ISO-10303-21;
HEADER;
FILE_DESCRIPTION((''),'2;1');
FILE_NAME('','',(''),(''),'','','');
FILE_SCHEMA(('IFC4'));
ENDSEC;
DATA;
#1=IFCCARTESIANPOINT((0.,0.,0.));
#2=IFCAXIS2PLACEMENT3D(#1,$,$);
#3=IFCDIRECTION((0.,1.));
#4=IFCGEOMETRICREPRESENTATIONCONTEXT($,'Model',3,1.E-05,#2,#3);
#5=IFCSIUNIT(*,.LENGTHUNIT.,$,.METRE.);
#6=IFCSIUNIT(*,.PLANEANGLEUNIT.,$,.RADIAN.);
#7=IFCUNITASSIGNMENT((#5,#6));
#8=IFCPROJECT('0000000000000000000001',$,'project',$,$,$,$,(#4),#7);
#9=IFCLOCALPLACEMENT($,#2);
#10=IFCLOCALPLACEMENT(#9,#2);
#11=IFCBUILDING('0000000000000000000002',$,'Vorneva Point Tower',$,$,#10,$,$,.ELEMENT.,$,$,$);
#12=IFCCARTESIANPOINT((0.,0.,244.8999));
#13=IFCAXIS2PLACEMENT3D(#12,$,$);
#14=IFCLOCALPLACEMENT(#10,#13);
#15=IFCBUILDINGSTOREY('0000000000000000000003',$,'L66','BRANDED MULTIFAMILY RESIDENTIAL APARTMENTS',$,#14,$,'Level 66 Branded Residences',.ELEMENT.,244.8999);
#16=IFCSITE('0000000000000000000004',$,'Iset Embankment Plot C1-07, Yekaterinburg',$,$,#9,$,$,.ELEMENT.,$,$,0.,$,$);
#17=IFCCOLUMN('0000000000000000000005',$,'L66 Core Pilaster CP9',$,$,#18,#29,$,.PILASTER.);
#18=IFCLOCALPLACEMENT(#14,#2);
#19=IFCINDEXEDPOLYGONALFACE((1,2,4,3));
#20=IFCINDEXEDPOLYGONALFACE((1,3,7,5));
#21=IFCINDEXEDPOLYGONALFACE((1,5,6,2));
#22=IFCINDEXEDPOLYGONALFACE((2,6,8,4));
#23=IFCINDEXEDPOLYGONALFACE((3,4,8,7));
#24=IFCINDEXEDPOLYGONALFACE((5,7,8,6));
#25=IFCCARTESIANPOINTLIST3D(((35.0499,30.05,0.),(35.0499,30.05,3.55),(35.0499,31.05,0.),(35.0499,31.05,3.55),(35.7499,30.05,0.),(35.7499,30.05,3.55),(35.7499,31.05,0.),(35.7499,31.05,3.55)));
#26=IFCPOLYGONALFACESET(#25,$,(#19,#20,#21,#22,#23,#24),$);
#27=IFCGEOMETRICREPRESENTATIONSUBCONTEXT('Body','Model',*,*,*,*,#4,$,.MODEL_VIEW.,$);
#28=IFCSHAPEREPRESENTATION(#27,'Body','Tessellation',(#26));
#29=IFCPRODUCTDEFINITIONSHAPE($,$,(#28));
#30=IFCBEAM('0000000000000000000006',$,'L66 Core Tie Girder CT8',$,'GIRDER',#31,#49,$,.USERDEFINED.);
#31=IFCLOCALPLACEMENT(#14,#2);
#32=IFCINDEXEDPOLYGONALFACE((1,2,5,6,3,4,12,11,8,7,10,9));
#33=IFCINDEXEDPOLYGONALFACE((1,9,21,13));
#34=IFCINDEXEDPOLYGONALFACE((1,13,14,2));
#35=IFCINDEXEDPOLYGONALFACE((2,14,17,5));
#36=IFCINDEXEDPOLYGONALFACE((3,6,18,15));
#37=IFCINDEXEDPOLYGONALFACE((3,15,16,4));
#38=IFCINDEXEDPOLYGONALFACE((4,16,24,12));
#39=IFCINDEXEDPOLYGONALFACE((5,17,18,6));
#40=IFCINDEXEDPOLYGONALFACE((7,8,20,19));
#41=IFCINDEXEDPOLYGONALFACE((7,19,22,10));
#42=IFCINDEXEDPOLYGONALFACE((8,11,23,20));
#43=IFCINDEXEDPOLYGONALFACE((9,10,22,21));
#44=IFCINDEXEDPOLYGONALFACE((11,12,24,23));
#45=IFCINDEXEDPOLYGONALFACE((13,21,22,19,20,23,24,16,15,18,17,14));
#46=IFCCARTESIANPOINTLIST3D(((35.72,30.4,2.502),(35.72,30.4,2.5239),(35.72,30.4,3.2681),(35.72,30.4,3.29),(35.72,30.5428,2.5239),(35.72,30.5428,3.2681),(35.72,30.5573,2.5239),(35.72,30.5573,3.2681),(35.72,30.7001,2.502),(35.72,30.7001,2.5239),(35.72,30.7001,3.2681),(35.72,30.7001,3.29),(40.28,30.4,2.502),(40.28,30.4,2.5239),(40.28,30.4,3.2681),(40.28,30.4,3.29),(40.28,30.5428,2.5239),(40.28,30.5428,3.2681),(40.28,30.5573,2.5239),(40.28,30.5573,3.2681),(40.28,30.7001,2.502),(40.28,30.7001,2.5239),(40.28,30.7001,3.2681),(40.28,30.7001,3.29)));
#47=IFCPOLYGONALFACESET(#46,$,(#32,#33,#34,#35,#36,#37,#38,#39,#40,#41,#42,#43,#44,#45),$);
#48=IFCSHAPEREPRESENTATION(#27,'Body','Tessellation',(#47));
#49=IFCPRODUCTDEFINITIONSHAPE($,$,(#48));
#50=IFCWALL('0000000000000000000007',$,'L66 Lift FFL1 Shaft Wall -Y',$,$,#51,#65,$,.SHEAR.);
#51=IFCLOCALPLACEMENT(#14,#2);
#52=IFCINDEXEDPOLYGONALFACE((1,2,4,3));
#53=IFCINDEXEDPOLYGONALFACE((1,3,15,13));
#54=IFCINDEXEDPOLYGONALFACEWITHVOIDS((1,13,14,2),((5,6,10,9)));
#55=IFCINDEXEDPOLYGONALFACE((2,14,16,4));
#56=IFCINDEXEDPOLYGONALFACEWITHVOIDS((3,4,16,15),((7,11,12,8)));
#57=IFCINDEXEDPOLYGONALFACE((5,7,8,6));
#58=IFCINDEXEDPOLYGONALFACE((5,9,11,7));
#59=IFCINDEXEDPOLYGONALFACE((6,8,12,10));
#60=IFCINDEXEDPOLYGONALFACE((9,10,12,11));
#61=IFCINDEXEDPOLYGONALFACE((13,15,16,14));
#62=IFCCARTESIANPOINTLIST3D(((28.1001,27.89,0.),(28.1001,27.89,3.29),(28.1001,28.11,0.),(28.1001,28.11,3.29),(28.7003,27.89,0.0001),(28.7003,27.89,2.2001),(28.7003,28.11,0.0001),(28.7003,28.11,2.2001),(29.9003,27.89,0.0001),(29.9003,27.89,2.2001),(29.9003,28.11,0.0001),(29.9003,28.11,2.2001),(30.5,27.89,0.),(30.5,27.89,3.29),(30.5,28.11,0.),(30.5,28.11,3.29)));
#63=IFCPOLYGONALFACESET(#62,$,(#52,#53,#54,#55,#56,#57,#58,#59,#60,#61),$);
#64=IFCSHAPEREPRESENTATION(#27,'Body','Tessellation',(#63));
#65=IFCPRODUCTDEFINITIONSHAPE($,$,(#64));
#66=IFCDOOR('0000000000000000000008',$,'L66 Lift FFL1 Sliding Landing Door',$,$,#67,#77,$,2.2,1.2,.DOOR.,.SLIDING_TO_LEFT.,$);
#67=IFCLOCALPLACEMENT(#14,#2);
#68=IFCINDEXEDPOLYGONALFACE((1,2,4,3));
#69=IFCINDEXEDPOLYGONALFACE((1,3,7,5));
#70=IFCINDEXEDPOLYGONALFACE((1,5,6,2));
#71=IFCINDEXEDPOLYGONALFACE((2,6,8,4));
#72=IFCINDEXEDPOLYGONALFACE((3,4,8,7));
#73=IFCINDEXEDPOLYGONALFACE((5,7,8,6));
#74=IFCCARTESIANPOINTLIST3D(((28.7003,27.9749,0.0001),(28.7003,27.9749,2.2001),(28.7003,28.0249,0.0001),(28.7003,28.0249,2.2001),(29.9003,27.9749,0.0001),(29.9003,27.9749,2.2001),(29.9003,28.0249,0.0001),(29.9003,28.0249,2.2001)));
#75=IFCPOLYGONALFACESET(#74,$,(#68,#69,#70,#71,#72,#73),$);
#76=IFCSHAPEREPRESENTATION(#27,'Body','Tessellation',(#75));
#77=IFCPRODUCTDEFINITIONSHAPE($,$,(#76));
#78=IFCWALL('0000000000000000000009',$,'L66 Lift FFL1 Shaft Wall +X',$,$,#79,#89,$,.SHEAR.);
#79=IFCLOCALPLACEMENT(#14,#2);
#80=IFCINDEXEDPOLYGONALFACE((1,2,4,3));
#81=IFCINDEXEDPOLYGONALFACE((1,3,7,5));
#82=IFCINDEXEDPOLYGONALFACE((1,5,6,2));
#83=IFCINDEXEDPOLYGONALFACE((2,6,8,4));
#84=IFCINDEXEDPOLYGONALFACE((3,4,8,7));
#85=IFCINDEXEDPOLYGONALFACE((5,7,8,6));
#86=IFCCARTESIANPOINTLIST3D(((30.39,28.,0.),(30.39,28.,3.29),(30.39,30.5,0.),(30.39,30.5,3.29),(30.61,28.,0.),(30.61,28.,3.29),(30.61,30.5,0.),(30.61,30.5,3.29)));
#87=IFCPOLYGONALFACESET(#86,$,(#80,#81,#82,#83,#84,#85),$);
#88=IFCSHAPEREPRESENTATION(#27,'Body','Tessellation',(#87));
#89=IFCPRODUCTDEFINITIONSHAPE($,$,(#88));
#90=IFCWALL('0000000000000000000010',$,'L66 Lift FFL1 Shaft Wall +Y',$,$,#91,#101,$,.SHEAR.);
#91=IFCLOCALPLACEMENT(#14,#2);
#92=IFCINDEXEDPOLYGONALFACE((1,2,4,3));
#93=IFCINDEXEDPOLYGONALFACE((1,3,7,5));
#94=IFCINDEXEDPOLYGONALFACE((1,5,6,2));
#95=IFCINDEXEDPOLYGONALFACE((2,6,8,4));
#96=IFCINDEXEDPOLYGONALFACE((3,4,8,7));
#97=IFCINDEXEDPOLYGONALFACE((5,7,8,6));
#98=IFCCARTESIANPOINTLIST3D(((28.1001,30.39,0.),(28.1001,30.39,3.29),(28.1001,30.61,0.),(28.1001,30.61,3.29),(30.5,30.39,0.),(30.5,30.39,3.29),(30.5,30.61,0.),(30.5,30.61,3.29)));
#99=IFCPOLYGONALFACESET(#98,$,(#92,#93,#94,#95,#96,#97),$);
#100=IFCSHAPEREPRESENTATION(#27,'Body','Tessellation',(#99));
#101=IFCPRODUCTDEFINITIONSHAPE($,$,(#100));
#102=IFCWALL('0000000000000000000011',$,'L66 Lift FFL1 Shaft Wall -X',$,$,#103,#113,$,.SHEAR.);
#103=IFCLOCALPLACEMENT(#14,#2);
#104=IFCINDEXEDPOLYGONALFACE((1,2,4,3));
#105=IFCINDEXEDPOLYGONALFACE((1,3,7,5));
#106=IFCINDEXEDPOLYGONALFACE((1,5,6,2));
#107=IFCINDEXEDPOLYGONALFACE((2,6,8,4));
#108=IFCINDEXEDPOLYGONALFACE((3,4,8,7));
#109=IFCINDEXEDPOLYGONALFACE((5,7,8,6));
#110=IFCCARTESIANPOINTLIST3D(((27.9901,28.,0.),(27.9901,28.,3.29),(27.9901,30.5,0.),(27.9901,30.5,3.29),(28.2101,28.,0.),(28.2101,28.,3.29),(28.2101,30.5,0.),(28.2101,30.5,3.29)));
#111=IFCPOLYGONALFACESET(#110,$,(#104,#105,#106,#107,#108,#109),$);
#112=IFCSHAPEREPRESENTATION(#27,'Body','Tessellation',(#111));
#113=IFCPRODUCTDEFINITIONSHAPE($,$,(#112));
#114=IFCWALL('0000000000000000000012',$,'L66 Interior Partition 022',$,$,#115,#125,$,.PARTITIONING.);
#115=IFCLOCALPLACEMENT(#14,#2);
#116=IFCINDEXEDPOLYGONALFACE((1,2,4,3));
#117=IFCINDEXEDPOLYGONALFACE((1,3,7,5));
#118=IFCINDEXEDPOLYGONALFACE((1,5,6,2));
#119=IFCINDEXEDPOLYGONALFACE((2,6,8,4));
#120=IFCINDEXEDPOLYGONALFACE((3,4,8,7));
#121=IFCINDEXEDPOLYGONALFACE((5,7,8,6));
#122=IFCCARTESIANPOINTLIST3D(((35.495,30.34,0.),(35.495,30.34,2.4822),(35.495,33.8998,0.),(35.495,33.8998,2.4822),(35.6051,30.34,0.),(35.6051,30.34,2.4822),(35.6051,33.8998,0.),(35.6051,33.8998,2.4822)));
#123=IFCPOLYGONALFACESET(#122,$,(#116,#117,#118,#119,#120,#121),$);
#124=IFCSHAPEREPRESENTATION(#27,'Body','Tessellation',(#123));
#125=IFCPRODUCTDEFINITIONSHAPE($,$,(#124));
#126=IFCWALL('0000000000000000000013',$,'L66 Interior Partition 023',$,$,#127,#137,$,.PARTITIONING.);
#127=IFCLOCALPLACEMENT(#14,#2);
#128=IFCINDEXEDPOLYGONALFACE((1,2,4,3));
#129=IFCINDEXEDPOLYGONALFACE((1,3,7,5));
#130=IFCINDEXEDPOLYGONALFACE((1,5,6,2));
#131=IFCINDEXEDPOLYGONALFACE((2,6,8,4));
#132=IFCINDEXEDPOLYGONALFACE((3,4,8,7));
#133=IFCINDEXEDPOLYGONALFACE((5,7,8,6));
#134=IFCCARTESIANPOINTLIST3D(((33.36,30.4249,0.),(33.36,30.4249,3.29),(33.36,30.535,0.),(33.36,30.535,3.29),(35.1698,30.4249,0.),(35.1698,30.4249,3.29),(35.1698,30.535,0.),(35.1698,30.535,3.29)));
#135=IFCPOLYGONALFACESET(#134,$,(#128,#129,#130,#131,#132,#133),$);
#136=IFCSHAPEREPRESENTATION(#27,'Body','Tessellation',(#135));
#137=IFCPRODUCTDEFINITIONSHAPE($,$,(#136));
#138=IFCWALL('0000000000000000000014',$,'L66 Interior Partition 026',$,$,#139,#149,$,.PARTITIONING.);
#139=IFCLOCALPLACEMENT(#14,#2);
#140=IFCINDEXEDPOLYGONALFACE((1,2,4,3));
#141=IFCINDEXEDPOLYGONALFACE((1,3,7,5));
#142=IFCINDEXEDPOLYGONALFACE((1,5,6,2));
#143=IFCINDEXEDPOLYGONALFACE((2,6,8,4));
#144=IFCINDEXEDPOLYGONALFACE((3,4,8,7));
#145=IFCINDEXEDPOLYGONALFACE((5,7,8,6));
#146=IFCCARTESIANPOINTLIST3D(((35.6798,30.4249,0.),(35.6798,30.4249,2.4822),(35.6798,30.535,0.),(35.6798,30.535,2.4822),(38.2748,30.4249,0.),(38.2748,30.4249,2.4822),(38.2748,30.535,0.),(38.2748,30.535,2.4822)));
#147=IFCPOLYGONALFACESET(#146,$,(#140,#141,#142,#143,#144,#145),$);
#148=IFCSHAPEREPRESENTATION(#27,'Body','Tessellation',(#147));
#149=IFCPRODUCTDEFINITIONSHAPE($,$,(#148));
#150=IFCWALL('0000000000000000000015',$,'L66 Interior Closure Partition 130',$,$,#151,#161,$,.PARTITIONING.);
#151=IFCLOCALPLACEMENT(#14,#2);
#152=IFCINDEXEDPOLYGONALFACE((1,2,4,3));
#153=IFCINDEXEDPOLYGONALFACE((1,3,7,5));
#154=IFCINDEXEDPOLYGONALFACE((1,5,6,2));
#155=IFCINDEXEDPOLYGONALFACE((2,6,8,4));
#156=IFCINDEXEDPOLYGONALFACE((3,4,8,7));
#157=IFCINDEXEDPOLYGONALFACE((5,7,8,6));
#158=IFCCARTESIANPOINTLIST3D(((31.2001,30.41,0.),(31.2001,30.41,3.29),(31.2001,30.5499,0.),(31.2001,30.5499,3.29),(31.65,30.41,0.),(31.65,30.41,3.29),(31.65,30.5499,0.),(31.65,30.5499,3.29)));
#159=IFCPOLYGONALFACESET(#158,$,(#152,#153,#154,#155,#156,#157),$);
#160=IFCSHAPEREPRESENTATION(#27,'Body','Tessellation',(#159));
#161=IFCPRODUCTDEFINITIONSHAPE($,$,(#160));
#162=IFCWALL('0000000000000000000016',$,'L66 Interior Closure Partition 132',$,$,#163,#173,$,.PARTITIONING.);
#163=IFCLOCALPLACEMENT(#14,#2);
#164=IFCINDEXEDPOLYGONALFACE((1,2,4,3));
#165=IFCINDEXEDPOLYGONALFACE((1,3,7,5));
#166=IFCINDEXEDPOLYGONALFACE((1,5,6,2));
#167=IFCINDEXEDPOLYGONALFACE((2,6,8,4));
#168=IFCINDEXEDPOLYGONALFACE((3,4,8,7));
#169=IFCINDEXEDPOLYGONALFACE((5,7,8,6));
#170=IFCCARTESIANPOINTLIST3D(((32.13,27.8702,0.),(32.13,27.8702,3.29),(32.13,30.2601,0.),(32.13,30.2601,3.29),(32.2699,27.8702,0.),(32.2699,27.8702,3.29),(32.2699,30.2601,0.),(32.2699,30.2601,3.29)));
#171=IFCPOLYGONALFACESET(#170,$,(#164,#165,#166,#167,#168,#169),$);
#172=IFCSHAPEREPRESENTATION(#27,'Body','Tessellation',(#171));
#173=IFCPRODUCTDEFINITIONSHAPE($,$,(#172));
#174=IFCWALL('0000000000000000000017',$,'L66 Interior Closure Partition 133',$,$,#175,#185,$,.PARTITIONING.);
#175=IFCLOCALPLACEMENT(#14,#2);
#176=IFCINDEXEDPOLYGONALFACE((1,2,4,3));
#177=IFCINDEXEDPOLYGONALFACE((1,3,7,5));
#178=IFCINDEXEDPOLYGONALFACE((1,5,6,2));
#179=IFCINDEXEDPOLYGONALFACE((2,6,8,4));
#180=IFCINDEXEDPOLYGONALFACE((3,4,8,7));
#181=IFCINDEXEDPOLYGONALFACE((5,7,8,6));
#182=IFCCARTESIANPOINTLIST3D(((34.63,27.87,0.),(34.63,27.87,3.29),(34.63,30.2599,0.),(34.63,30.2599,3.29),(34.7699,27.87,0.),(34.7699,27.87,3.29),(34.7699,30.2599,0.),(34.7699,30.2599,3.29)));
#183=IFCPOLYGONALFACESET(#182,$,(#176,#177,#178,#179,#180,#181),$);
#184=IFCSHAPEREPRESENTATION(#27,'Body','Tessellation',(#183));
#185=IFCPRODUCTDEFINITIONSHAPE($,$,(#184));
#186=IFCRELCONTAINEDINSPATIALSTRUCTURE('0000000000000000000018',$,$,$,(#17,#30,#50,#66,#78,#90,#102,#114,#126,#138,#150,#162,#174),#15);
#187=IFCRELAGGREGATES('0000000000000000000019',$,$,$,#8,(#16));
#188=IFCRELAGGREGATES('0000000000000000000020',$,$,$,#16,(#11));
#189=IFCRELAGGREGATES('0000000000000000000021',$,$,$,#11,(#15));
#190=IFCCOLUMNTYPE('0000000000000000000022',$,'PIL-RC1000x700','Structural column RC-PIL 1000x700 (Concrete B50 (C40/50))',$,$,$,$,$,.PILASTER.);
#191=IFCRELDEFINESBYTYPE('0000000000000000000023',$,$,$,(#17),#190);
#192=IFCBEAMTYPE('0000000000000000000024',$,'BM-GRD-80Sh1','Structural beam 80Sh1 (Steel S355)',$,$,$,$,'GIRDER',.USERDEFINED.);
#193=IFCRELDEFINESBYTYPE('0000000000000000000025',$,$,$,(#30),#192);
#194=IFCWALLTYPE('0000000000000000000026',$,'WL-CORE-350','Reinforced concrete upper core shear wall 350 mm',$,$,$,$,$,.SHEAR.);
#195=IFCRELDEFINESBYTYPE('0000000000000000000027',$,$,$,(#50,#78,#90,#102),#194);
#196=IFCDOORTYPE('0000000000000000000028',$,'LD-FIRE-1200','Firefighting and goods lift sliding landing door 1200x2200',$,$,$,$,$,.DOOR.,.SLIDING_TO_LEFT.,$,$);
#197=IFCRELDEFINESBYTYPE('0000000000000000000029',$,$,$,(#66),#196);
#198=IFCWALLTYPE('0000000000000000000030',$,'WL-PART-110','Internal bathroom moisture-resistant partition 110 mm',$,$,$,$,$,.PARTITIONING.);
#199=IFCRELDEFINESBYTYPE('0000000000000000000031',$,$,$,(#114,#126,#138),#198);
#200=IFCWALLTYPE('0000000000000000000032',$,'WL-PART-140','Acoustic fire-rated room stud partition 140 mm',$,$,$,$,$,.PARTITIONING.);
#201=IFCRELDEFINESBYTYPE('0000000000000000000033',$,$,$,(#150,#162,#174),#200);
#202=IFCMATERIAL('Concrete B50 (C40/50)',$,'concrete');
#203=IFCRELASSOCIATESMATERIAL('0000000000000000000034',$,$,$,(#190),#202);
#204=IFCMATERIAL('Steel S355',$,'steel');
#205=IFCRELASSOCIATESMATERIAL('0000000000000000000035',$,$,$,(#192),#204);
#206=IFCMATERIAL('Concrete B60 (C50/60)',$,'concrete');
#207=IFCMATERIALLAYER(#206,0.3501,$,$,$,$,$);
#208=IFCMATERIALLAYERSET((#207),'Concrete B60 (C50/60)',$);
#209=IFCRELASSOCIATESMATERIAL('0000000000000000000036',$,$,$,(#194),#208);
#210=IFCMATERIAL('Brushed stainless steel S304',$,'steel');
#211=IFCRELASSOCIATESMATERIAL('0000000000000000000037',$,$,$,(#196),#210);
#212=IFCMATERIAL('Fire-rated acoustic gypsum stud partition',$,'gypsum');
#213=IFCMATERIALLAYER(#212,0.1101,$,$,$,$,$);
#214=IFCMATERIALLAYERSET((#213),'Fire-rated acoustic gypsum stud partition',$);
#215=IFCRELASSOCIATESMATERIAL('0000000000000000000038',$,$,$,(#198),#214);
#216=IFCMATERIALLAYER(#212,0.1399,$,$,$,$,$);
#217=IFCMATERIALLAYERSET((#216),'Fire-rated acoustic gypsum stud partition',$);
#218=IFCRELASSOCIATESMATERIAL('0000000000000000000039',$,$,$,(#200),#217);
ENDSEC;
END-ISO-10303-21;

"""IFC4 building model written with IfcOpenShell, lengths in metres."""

from ifc_helpers import new_model, si_unit, direction, frame, frame_2d, origin, origin_2d, place, context, subcontext, project, spatial, rectangle, i_section, extrude, material, layer, layer_set, material_profile, profile_set, type_object, element, fill, save


model = new_model("IFC4")

# Units and contexts
model_context = context("Model", 3, precision=1e-05, world=origin(), true_north=direction((0.0, 1.0)))
body_context = subcontext(model_context, "Body", "Model", "MODEL_VIEW")
ifc_project = project(units=[si_unit("LENGTHUNIT", "METRE"), si_unit("PLANEANGLEUNIT", "RADIAN")], contexts=[model_context])

# Site, building, storey
site_placement = place(None, origin())
site = spatial("IfcSite", under=ifc_project, at=site_placement, Name="Iset Embankment Plot C1-07, Yekaterinburg", CompositionType="ELEMENT", RefElevation=0.0)
building_placement = place(site_placement, origin())
building = spatial("IfcBuilding", under=site, at=building_placement, Name="Vorneva Point Tower", CompositionType="ELEMENT")
storey_placement = place(building_placement, frame((0.0, 0.0, 244.8999)))
storey = spatial("IfcBuildingStorey", under=building, at=storey_placement, Name="L66", Description="BRANDED MULTIFAMILY RESIDENTIAL APARTMENTS", LongName="Level 66 Branded Residences", CompositionType="ELEMENT", Elevation=244.8999)

# Column
ifc_material_1 = material(Name="Concrete B50 (C40/50)", Category="concrete")
ifc_material_profile_1 = material_profile(ifc_material_1, rectangle(XDim=0.7, YDim=1.0, at=origin_2d()), Name="RC-PIL 1000x700")
ifc_profile_set_1 = profile_set([ifc_material_profile_1], Name="Concrete B50 (C40/50)")
column_type = type_object("IfcColumnType", Name="PIL-RC1000x700", Description="Structural column RC-PIL 1000x700 (Concrete B50 (C40/50))", PredefinedType="PILASTER", material=ifc_profile_set_1)
column_placement = place(storey_placement, frame((35.3999, 30.55, 0.0), z_axis=(0.0, 0.0, 1.0), x_axis=(1.0, 0.0, 0.0)))
element("IfcColumn", 1, at=column_placement, inside=storey, type_object=column_type, Name="L66 Core Pilaster CP9", PredefinedType="PILASTER", context=body_context, shape_type="SweptSolid", body=[
    extrude(rectangle(XDim=0.7, YDim=1.0, at=origin_2d()), origin(), (0.0, 0.0, 1.0), 3.55),
])

# Beam
ifc_material_2 = material(Name="Steel S355", Category="steel")
ifc_material_profile_2 = material_profile(ifc_material_2, i_section(OverallWidth=0.3, OverallDepth=0.7881, WebThickness=0.0144, FlangeThickness=0.022, at=origin_2d()), Name="80Sh1")
ifc_profile_set_2 = profile_set([ifc_material_profile_2], Name="Steel S355")
beam_type = type_object("IfcBeamType", Name="BM-GRD-80Sh1", Description="Structural beam 80Sh1 (Steel S355)", ElementType="GIRDER", PredefinedType="USERDEFINED", material=ifc_profile_set_2)
beam_placement = place(storey_placement, frame((35.72, 30.55, 2.896), z_axis=(1.0, 0.0, 0.0), x_axis=(0.0, 1.0, 0.0)))
element("IfcBeam", 2, at=beam_placement, inside=storey, type_object=beam_type, Name="L66 Core Tie Girder CT8", ObjectType="GIRDER", PredefinedType="USERDEFINED", context=body_context, shape_type="SweptSolid", body=[
    extrude(i_section(OverallWidth=0.3, OverallDepth=0.7881, WebThickness=0.0144, FlangeThickness=0.022, at=origin_2d()), origin(), (0.0, 0.0, 1.0), 4.5601),
])

# Wall, opening, door
ifc_material_3 = material(Name="Concrete B60 (C50/60)", Category="concrete")
ifc_layer_1 = layer(ifc_material_3, 0.3501)
ifc_layer_set_1 = layer_set([ifc_layer_1], Name="Concrete B60 (C50/60)")
wall_type_1 = type_object("IfcWallType", Name="WL-CORE-350", Description="Reinforced concrete upper core shear wall 350 mm", PredefinedType="SHEAR", material=ifc_layer_set_1)
wall_1_placement = place(storey_placement, frame((28.1001, 28.0, 0.0), z_axis=(0.0, 0.0, 1.0), x_axis=(1.0, 0.0, 0.0)))
wall_1 = element("IfcWall", 3, at=wall_1_placement, inside=storey, type_object=wall_type_1, Name="L66 Lift FFL1 Shaft Wall -Y", PredefinedType="SHEAR", context=body_context, shape_type="SweptSolid", body=[
    extrude(rectangle(XDim=2.3999, YDim=0.22, at=frame_2d((1.2, 0.0))), origin(), (0.0, 0.0, 1.0), 3.29),
])
opening_1_placement = place(wall_1_placement, frame((0.6001, 0.0, 0.0)))
opening_1 = element("IfcOpeningElement", 4, at=opening_1_placement, cuts=wall_1, PredefinedType="OPENING", context=body_context, shape_type="SweptSolid", body=[
    extrude(rectangle(XDim=1.2, YDim=2.2, at=frame_2d((0.6001, 1.1001))), frame((0.0, 0.125, 0.0), z_axis=(0.0, -1.0, 0.0), x_axis=(1.0, 0.0, 0.0)), (0.0, 0.0, 1.0), 0.2498),
])
ifc_material_4 = material(Name="Brushed stainless steel S304", Category="steel")
door_type_1 = type_object("IfcDoorType", Name="LD-FIRE-1200", Description="Firefighting and goods lift sliding landing door 1200x2200", OperationType="SLIDING_TO_LEFT", PredefinedType="DOOR", material=ifc_material_4)
door_1_placement = place(opening_1_placement, origin())
door_1 = element("IfcDoor", 5, at=door_1_placement, inside=storey, type_object=door_type_1, Name="L66 Lift FFL1 Sliding Landing Door", OperationType="SLIDING_TO_LEFT", OverallHeight=2.2, OverallWidth=1.2, PredefinedType="DOOR", context=body_context, shape_type="SweptSolid", body=[
    extrude(rectangle(XDim=1.2, YDim=2.2, at=frame_2d((0.6001, 1.1001))), frame((0.0, 0.0249, 0.0), z_axis=(0.0, -1.0, 0.0), x_axis=(1.0, 0.0, 0.0)), (0.0, 0.0, 1.0), 0.05),
])
fill(opening_1, door_1)

# Walls
wall_2_placement = place(storey_placement, frame((30.5, 28.0, 0.0), z_axis=(0.0, 0.0, 1.0), x_axis=(0.0, 1.0, 0.0)))
element("IfcWall", 6, at=wall_2_placement, inside=storey, type_object=wall_type_1, Name="L66 Lift FFL1 Shaft Wall +X", PredefinedType="SHEAR", context=body_context, shape_type="SweptSolid", body=[
    extrude(rectangle(XDim=2.5, YDim=0.22, at=frame_2d((1.25, 0.0))), origin(), (0.0, 0.0, 1.0), 3.29),
])
wall_3_placement = place(storey_placement, frame((30.5, 30.5, 0.0), z_axis=(0.0, 0.0, 1.0), x_axis=(-1.0, 0.0, 0.0)))
element("IfcWall", 7, at=wall_3_placement, inside=storey, type_object=wall_type_1, Name="L66 Lift FFL1 Shaft Wall +Y", PredefinedType="SHEAR", context=body_context, shape_type="SweptSolid", body=[
    extrude(rectangle(XDim=2.3999, YDim=0.22, at=frame_2d((1.2, 0.0))), origin(), (0.0, 0.0, 1.0), 3.29),
])
wall_4_placement = place(storey_placement, frame((28.1001, 30.5, 0.0), z_axis=(0.0, 0.0, 1.0), x_axis=(0.0, -1.0, 0.0)))
element("IfcWall", 8, at=wall_4_placement, inside=storey, type_object=wall_type_1, Name="L66 Lift FFL1 Shaft Wall -X", PredefinedType="SHEAR", context=body_context, shape_type="SweptSolid", body=[
    extrude(rectangle(XDim=2.5, YDim=0.22, at=frame_2d((1.25, 0.0))), origin(), (0.0, 0.0, 1.0), 3.29),
])
ifc_material_5 = material(Name="Fire-rated acoustic gypsum stud partition", Category="gypsum")
ifc_layer_2 = layer(ifc_material_5, 0.1101)
ifc_layer_set_2 = layer_set([ifc_layer_2], Name="Fire-rated acoustic gypsum stud partition")
wall_type_2 = type_object("IfcWallType", Name="WL-PART-110", Description="Internal bathroom moisture-resistant partition 110 mm", PredefinedType="PARTITIONING", material=ifc_layer_set_2)
wall_5_placement = place(storey_placement, frame((35.55, 30.3401, 0.0), z_axis=(0.0, 0.0, 1.0), x_axis=(0.0, 1.0, 0.0)))
element("IfcWall", 9, at=wall_5_placement, inside=storey, type_object=wall_type_2, Name="L66 Interior Partition 022", PredefinedType="PARTITIONING", context=body_context, shape_type="SweptSolid", body=[
    extrude(rectangle(XDim=3.5598, YDim=0.1101, at=frame_2d((1.7798, 0.0))), origin(), (0.0, 0.0, 1.0), 2.4822),
])
wall_6_placement = place(storey_placement, frame((33.3601, 30.48, 0.0), z_axis=(0.0, 0.0, 1.0), x_axis=(1.0, 0.0, 0.0)))
element("IfcWall", 10, at=wall_6_placement, inside=storey, type_object=wall_type_2, Name="L66 Interior Partition 023", PredefinedType="PARTITIONING", context=body_context, shape_type="SweptSolid", body=[
    extrude(rectangle(XDim=1.8098, YDim=0.1101, at=frame_2d((0.9048, 0.0))), origin(), (0.0, 0.0, 1.0), 3.29),
])
wall_7_placement = place(storey_placement, frame((35.6799, 30.48, 0.0), z_axis=(0.0, 0.0, 1.0), x_axis=(1.0, 0.0, 0.0)))
element("IfcWall", 11, at=wall_7_placement, inside=storey, type_object=wall_type_2, Name="L66 Interior Partition 026", PredefinedType="PARTITIONING", context=body_context, shape_type="SweptSolid", body=[
    extrude(rectangle(XDim=2.595, YDim=0.1101, at=frame_2d((1.2974, 0.0))), origin(), (0.0, 0.0, 1.0), 2.4822),
])
ifc_layer_3 = layer(ifc_material_5, 0.1399)
ifc_layer_set_3 = layer_set([ifc_layer_3], Name="Fire-rated acoustic gypsum stud partition")
wall_type_3 = type_object("IfcWallType", Name="WL-PART-140", Description="Acoustic fire-rated room stud partition 140 mm", PredefinedType="PARTITIONING", material=ifc_layer_set_3)
wall_8_placement = place(storey_placement, frame((31.2, 30.48, 0.0), z_axis=(0.0, 0.0, 1.0), x_axis=(1.0, 0.0, 0.0)))
element("IfcWall", 12, at=wall_8_placement, inside=storey, type_object=wall_type_3, Name="L66 Interior Closure Partition 130", PredefinedType="PARTITIONING", context=body_context, shape_type="SweptSolid", body=[
    extrude(rectangle(XDim=0.45, YDim=0.1399, at=frame_2d((0.2251, 0.0))), origin(), (0.0, 0.0, 1.0), 3.29),
])
for number, where, z_axis, x_axis, name in (
    (13, (32.2, 30.26, 0.0), (0.0, 0.0, 1.0), (0.0, -1.0, 0.0), "L66 Interior Closure Partition 132"),
    (14, (34.7, 27.8701, 0.0), (0.0, 0.0, 1.0), (0.0, 1.0, 0.0), "L66 Interior Closure Partition 133"),
):
    element("IfcWall", number, at=place(storey_placement, frame(where, z_axis=z_axis, x_axis=x_axis)), inside=storey, type_object=wall_type_3, Name=name, PredefinedType="PARTITIONING", context=body_context, shape_type="SweptSolid", body=[
        extrude(rectangle(XDim=2.3899, YDim=0.1399, at=frame_2d((1.1948, 0.0))), origin(), (0.0, 0.0, 1.0), 3.29),
    ])

save(model, "model.ifc")
